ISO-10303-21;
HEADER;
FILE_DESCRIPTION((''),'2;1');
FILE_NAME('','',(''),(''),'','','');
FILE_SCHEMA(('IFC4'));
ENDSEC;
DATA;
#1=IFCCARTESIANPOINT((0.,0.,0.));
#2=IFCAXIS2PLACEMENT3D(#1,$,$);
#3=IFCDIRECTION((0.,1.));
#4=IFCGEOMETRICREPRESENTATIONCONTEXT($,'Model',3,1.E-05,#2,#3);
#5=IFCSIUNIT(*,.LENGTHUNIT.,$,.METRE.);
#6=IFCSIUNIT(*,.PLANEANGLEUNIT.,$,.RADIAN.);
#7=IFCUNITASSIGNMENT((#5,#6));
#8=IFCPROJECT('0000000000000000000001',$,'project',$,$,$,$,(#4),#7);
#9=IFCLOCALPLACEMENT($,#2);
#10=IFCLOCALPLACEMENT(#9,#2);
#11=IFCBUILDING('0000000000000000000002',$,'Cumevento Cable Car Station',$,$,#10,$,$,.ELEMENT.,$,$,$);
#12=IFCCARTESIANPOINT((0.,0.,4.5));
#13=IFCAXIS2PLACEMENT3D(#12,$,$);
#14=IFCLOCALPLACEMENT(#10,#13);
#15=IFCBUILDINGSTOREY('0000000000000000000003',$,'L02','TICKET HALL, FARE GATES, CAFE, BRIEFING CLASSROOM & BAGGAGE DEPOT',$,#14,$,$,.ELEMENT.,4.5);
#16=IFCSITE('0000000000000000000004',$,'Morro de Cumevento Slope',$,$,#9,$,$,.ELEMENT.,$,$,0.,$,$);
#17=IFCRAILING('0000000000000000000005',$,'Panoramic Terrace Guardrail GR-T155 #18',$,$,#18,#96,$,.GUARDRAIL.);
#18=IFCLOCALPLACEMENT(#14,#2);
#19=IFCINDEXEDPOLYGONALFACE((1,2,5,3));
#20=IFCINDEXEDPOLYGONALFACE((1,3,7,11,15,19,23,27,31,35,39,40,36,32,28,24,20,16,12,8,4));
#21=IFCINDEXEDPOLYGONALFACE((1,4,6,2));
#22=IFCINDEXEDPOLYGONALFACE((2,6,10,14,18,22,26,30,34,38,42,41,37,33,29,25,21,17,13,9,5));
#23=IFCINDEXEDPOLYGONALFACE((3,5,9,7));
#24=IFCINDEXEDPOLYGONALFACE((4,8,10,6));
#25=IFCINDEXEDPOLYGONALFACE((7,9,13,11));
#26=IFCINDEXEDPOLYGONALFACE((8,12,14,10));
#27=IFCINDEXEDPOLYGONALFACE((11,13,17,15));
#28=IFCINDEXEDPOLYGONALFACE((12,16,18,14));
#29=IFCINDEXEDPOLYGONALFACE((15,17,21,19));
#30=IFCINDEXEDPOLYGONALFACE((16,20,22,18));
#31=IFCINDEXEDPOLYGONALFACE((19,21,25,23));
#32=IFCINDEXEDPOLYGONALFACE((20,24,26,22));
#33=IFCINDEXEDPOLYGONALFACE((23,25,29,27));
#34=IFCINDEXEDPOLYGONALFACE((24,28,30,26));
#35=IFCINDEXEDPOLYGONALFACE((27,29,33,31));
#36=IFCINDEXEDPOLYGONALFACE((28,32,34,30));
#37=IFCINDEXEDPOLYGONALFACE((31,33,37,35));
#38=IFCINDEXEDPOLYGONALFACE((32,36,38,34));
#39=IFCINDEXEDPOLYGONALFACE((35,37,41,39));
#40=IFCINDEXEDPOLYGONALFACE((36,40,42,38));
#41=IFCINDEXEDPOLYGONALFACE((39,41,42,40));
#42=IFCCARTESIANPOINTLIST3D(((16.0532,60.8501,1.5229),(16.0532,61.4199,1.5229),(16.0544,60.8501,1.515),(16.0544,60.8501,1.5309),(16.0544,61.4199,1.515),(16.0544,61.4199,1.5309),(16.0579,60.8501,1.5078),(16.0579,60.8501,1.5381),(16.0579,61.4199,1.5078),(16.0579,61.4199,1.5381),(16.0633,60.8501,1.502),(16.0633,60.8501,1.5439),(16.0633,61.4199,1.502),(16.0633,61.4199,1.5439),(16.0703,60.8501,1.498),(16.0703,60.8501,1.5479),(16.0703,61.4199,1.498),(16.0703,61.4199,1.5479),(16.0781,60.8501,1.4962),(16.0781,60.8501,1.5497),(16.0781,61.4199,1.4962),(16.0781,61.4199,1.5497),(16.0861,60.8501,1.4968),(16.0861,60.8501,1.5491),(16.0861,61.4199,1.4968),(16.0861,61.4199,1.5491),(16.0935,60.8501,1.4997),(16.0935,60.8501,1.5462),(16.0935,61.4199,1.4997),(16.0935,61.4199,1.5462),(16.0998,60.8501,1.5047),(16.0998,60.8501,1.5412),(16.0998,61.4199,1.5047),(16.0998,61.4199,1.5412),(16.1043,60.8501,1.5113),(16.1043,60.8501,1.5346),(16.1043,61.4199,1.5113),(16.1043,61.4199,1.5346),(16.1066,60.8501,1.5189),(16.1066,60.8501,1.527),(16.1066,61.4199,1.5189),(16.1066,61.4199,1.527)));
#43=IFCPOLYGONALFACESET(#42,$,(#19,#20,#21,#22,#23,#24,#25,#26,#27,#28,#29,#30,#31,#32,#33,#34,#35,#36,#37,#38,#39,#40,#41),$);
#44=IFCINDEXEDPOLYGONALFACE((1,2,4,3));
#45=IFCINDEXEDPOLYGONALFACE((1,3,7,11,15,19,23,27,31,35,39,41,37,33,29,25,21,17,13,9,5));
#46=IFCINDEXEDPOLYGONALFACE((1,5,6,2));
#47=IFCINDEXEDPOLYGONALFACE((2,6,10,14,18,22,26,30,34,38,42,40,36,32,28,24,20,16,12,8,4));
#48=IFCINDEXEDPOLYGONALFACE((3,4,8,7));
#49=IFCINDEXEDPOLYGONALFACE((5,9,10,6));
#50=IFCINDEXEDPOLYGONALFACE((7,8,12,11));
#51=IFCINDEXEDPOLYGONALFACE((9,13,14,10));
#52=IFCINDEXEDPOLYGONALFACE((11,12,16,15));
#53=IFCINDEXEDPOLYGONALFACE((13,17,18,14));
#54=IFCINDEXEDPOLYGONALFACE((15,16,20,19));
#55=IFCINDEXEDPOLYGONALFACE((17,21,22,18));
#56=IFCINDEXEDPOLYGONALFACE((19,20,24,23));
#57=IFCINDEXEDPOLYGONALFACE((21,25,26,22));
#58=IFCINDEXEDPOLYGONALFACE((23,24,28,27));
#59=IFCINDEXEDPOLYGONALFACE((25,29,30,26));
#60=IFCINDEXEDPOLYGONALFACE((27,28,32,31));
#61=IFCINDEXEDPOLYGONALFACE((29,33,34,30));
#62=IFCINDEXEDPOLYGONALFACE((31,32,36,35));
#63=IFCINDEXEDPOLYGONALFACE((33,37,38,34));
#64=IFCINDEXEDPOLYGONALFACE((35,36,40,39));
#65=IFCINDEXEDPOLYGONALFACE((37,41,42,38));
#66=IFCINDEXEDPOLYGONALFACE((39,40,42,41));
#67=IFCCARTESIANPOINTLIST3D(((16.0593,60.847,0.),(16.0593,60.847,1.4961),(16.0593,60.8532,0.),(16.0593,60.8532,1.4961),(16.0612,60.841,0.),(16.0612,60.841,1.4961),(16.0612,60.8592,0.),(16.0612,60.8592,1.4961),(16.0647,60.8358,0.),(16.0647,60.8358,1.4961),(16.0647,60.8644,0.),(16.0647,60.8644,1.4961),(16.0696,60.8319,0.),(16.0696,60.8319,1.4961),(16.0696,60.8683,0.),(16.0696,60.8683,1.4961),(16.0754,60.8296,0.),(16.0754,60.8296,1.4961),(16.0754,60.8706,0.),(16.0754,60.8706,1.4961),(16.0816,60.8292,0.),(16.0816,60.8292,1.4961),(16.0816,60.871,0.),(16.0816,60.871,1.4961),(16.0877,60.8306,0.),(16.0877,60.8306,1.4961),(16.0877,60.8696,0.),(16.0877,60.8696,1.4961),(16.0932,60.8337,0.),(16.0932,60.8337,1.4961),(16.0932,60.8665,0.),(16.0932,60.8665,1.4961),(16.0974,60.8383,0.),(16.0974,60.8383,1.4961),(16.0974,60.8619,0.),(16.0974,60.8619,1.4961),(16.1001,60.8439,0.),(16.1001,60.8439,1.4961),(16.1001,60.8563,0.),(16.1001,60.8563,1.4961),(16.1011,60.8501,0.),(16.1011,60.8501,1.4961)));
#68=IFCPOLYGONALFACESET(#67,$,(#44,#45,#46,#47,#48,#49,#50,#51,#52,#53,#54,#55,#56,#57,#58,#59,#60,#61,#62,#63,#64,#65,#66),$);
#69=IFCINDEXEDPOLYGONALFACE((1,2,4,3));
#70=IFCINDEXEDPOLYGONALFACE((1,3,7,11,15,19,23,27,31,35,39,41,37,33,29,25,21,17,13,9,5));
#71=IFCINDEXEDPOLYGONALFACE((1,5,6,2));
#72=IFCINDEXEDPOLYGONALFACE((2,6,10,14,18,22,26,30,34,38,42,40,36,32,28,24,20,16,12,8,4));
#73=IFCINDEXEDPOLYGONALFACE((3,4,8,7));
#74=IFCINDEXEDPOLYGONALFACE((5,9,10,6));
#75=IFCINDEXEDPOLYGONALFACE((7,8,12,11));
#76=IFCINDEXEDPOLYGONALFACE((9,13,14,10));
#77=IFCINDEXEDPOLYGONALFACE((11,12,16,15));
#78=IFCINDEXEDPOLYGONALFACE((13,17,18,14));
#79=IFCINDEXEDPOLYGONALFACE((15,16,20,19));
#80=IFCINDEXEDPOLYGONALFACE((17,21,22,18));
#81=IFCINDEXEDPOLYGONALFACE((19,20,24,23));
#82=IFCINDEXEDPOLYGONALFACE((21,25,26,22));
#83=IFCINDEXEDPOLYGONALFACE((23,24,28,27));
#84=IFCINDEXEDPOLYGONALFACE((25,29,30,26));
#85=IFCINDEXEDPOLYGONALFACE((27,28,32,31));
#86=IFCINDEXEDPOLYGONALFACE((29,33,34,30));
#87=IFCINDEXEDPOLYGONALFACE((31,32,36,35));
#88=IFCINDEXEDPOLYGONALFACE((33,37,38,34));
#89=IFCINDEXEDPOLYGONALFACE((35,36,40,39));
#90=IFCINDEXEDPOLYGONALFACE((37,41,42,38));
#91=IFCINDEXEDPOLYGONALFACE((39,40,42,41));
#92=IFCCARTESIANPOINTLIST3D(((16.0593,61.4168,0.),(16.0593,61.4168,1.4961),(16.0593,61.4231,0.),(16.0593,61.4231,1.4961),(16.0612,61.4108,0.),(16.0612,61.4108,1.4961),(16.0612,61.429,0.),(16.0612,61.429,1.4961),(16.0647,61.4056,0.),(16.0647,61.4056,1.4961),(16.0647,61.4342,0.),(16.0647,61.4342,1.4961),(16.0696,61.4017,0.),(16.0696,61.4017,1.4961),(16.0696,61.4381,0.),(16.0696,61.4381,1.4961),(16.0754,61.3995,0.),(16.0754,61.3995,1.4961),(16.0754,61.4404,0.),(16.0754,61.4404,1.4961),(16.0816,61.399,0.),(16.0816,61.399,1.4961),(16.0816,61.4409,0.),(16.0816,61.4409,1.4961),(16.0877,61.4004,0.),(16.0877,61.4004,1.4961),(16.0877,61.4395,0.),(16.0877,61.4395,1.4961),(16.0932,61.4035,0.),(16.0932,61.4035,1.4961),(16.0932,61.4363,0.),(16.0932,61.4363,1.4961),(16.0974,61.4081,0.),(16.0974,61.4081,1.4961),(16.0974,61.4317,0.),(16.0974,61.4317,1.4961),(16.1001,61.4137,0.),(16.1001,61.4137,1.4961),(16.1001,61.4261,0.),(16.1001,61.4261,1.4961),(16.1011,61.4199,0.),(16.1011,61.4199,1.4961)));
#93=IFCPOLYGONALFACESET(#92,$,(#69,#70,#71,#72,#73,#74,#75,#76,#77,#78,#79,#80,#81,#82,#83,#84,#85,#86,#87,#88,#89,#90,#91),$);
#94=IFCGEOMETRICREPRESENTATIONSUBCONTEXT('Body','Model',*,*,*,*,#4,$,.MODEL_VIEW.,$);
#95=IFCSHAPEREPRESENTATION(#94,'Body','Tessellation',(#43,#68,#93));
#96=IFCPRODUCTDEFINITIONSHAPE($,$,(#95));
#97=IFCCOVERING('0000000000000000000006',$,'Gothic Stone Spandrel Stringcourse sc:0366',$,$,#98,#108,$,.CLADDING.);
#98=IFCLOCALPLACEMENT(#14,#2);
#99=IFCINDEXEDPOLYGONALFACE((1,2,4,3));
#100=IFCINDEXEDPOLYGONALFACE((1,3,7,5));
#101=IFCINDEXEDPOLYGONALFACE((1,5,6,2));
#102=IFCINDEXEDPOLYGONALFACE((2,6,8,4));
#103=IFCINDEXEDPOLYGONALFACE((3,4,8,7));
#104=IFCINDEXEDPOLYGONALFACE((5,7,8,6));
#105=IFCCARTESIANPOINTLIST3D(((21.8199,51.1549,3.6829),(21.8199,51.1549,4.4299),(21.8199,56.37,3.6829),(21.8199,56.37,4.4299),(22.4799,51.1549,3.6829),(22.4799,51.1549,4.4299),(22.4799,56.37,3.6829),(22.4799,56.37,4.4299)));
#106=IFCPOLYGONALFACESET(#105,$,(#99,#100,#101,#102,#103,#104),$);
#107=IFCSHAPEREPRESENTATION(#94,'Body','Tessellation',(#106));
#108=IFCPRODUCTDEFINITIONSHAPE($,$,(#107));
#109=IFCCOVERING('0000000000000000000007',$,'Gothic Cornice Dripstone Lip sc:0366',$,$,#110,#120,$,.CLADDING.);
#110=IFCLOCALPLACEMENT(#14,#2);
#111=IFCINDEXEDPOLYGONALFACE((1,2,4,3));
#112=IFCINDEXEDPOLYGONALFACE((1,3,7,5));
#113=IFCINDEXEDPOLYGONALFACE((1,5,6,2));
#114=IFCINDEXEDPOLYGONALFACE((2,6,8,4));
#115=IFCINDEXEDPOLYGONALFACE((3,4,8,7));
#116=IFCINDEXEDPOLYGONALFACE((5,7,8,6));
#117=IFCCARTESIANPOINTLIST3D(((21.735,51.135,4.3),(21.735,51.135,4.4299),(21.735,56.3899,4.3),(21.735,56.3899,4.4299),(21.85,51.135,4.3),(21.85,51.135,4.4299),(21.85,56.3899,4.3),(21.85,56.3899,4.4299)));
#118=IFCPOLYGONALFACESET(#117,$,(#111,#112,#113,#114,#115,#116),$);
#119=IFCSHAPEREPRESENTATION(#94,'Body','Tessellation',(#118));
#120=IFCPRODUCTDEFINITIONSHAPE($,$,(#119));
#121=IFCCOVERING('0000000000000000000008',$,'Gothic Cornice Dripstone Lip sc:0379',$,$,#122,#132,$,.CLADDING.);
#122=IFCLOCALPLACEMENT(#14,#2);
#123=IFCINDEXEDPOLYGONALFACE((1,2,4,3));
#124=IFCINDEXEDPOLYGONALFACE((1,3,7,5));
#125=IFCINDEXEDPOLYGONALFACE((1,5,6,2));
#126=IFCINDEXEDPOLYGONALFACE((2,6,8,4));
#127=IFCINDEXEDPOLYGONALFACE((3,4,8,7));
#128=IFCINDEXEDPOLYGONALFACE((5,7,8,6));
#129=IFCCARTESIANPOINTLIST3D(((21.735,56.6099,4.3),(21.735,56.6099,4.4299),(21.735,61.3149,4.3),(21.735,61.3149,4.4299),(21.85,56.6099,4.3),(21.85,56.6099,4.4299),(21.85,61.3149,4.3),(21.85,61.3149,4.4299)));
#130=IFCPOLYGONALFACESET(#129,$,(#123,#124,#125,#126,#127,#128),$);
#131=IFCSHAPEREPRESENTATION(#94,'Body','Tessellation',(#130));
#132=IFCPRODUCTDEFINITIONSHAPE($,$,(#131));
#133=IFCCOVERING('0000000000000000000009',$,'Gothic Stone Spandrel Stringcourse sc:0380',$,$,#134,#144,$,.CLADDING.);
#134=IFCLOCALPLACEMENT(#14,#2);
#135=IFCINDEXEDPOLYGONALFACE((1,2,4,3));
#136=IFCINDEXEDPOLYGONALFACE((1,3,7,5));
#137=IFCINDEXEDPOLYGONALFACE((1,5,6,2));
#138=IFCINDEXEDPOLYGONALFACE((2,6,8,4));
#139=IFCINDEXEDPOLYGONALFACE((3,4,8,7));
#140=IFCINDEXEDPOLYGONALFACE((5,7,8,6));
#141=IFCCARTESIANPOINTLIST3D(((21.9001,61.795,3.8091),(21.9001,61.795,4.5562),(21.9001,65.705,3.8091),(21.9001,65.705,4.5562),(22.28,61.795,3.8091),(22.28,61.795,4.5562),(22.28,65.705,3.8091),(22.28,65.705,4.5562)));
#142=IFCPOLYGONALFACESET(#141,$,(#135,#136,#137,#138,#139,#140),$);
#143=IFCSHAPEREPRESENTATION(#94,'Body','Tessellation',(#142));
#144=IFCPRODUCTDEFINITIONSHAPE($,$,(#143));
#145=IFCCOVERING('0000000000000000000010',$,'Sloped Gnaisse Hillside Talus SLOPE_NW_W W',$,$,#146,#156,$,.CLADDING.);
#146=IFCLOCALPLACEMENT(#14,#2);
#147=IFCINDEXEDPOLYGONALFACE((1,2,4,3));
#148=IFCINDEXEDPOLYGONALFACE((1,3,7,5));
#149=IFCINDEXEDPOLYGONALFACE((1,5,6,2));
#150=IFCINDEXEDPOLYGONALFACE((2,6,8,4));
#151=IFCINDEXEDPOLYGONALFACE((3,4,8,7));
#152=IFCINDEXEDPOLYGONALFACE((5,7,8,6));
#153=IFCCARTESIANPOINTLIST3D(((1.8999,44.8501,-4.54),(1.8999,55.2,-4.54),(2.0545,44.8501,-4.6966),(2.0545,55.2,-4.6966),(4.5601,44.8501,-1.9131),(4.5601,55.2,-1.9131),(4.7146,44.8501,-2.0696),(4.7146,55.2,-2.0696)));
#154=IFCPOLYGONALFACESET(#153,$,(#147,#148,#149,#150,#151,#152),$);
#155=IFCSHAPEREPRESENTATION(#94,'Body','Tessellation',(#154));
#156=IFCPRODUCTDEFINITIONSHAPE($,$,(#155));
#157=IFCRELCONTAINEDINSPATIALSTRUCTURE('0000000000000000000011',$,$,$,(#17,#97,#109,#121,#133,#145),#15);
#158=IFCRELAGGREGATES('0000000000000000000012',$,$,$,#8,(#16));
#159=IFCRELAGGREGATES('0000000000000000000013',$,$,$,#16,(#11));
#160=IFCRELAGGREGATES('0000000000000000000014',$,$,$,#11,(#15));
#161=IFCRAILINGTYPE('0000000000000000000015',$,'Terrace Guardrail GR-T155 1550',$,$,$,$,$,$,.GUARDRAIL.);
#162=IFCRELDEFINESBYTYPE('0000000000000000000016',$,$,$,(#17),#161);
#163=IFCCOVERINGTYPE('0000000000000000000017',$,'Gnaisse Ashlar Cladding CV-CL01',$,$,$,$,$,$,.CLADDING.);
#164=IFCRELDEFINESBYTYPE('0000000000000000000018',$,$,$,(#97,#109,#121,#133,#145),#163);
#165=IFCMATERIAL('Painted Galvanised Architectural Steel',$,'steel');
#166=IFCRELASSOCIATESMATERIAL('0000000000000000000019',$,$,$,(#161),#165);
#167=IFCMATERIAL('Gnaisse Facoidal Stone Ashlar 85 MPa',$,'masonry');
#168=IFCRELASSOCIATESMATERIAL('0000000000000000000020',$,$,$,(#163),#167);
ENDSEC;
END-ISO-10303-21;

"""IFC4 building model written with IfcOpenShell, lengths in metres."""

from ifc_helpers import new_model, si_unit, direction, frame, origin, origin_2d, place, context, subcontext, project, spatial, polyline, rectangle, circle, outline, extrude, material, type_object, element, save


model = new_model("IFC4")

# Units and contexts
model_context = context("Model", 3, precision=1e-05, world=origin(), true_north=direction((0.0, 1.0)))
body_context = subcontext(model_context, "Body", "Model", "MODEL_VIEW")
ifc_project = project(units=[si_unit("LENGTHUNIT", "METRE"), si_unit("PLANEANGLEUNIT", "RADIAN")], contexts=[model_context])

# Site, building, storey
site_placement = place(None, origin())
site = spatial("IfcSite", under=ifc_project, at=site_placement, Name="Morro de Cumevento Slope", CompositionType="ELEMENT", RefElevation=0.0)
building_placement = place(site_placement, origin())
building = spatial("IfcBuilding", under=site, at=building_placement, Name="Cumevento Cable Car Station", CompositionType="ELEMENT")
storey_placement = place(building_placement, frame((0.0, 0.0, 4.5)))
storey = spatial("IfcBuildingStorey", under=building, at=storey_placement, Name="L02", Description="TICKET HALL, FARE GATES, CAFE, BRIEFING CLASSROOM & BAGGAGE DEPOT", CompositionType="ELEMENT", Elevation=4.5)

# Railing
ifc_material_1 = material(Name="Painted Galvanised Architectural Steel", Category="steel")
railing_type = type_object("IfcRailingType", Name="Terrace Guardrail GR-T155 1550", PredefinedType="GUARDRAIL", material=ifc_material_1)
railing_placement = place(storey_placement, frame((16.0801, 60.8501, 0.0)))
element("IfcRailing", 1, at=railing_placement, inside=storey, type_object=railing_type, Name="Panoramic Terrace Guardrail GR-T155 #18", PredefinedType="GUARDRAIL", context=body_context, shape_type="SweptSolid", body=[
    extrude(circle(Radius=0.0269, at=origin_2d()), frame((0.0, 0.0, 1.5229), z_axis=(0.0, 1.0, 0.0), x_axis=(-1.0, 0.0, 0.0)), (0.0, 0.0, 1.0), 0.5698),
    extrude(circle(Radius=0.021, at=origin_2d()), origin(), (0.0, 0.0, 1.0), 1.4961),
    extrude(circle(Radius=0.021, at=origin_2d()), frame((0.0, 0.5698, 0.0)), (0.0, 0.0, 1.0), 1.4961),
])

# Coverings
ifc_material_2 = material(Name="Gnaisse Facoidal Stone Ashlar 85 MPa", Category="masonry")
covering_type = type_object("IfcCoveringType", Name="Gnaisse Ashlar Cladding CV-CL01", PredefinedType="CLADDING", material=ifc_material_2)
covering_1_placement = place(storey_placement, frame((22.1499, 53.7625, 3.6829), z_axis=(0.0, 0.0, 1.0), x_axis=(0.0, 1.0, 0.0)))
element("IfcCovering", 2, at=covering_1_placement, inside=storey, type_object=covering_type, Name="Gothic Stone Spandrel Stringcourse sc:0366", PredefinedType="CLADDING", context=body_context, shape_type="SweptSolid", body=[
    extrude(rectangle(XDim=5.2151, YDim=0.6599, at=origin_2d()), origin(), (0.0, 0.0, 1.0), 0.7471),
])
covering_2_placement = place(storey_placement, frame((21.7925, 53.7625, 4.3), z_axis=(0.0, 0.0, 1.0), x_axis=(0.0, 1.0, 0.0)))
element("IfcCovering", 3, at=covering_2_placement, inside=storey, type_object=covering_type, Name="Gothic Cornice Dripstone Lip sc:0366", PredefinedType="CLADDING", context=body_context, shape_type="SweptSolid", body=[
    extrude(rectangle(XDim=5.2549, YDim=0.115, at=origin_2d()), origin(), (0.0, 0.0, 1.0), 0.1299),
])
covering_3_placement = place(storey_placement, frame((21.7925, 58.9624, 4.3), z_axis=(0.0, 0.0, 1.0), x_axis=(0.0, 1.0, 0.0)))
element("IfcCovering", 4, at=covering_3_placement, inside=storey, type_object=covering_type, Name="Gothic Cornice Dripstone Lip sc:0379", PredefinedType="CLADDING", context=body_context, shape_type="SweptSolid", body=[
    extrude(rectangle(XDim=4.7051, YDim=0.115, at=origin_2d()), origin(), (0.0, 0.0, 1.0), 0.1299),
])
covering_4_placement = place(storey_placement, frame((22.0901, 63.75, 3.8091), z_axis=(0.0, 0.0, 1.0), x_axis=(0.0, 1.0, 0.0)))
element("IfcCovering", 5, at=covering_4_placement, inside=storey, type_object=covering_type, Name="Gothic Stone Spandrel Stringcourse sc:0380", PredefinedType="CLADDING", context=body_context, shape_type="SweptSolid", body=[
    extrude(rectangle(XDim=3.9099, YDim=0.3799, at=origin_2d()), origin(), (0.0, 0.0, 1.0), 0.7471),
])
covering_5_placement = place(storey_placement, frame((1.8999, 55.2, -4.54), z_axis=(-0.702652, 0.0, 0.711533), x_axis=(0.0, -1.0, 0.0)))
element("IfcCovering", 6, at=covering_5_placement, inside=storey, type_object=covering_type, Name="Sloped Gnaisse Hillside Talus SLOPE_NW_W W", PredefinedType="CLADDING", context=body_context, shape_type="SweptSolid", body=[
    extrude(outline(polyline([(0.0, 0.0), (10.3499, 0.0), (10.3499, 3.7386), (0.0, 3.7386), (0.0, 0.0)])), origin(), (0.0, 0.0, -1.0), 0.22),
])

save(model, "model.ifc")
